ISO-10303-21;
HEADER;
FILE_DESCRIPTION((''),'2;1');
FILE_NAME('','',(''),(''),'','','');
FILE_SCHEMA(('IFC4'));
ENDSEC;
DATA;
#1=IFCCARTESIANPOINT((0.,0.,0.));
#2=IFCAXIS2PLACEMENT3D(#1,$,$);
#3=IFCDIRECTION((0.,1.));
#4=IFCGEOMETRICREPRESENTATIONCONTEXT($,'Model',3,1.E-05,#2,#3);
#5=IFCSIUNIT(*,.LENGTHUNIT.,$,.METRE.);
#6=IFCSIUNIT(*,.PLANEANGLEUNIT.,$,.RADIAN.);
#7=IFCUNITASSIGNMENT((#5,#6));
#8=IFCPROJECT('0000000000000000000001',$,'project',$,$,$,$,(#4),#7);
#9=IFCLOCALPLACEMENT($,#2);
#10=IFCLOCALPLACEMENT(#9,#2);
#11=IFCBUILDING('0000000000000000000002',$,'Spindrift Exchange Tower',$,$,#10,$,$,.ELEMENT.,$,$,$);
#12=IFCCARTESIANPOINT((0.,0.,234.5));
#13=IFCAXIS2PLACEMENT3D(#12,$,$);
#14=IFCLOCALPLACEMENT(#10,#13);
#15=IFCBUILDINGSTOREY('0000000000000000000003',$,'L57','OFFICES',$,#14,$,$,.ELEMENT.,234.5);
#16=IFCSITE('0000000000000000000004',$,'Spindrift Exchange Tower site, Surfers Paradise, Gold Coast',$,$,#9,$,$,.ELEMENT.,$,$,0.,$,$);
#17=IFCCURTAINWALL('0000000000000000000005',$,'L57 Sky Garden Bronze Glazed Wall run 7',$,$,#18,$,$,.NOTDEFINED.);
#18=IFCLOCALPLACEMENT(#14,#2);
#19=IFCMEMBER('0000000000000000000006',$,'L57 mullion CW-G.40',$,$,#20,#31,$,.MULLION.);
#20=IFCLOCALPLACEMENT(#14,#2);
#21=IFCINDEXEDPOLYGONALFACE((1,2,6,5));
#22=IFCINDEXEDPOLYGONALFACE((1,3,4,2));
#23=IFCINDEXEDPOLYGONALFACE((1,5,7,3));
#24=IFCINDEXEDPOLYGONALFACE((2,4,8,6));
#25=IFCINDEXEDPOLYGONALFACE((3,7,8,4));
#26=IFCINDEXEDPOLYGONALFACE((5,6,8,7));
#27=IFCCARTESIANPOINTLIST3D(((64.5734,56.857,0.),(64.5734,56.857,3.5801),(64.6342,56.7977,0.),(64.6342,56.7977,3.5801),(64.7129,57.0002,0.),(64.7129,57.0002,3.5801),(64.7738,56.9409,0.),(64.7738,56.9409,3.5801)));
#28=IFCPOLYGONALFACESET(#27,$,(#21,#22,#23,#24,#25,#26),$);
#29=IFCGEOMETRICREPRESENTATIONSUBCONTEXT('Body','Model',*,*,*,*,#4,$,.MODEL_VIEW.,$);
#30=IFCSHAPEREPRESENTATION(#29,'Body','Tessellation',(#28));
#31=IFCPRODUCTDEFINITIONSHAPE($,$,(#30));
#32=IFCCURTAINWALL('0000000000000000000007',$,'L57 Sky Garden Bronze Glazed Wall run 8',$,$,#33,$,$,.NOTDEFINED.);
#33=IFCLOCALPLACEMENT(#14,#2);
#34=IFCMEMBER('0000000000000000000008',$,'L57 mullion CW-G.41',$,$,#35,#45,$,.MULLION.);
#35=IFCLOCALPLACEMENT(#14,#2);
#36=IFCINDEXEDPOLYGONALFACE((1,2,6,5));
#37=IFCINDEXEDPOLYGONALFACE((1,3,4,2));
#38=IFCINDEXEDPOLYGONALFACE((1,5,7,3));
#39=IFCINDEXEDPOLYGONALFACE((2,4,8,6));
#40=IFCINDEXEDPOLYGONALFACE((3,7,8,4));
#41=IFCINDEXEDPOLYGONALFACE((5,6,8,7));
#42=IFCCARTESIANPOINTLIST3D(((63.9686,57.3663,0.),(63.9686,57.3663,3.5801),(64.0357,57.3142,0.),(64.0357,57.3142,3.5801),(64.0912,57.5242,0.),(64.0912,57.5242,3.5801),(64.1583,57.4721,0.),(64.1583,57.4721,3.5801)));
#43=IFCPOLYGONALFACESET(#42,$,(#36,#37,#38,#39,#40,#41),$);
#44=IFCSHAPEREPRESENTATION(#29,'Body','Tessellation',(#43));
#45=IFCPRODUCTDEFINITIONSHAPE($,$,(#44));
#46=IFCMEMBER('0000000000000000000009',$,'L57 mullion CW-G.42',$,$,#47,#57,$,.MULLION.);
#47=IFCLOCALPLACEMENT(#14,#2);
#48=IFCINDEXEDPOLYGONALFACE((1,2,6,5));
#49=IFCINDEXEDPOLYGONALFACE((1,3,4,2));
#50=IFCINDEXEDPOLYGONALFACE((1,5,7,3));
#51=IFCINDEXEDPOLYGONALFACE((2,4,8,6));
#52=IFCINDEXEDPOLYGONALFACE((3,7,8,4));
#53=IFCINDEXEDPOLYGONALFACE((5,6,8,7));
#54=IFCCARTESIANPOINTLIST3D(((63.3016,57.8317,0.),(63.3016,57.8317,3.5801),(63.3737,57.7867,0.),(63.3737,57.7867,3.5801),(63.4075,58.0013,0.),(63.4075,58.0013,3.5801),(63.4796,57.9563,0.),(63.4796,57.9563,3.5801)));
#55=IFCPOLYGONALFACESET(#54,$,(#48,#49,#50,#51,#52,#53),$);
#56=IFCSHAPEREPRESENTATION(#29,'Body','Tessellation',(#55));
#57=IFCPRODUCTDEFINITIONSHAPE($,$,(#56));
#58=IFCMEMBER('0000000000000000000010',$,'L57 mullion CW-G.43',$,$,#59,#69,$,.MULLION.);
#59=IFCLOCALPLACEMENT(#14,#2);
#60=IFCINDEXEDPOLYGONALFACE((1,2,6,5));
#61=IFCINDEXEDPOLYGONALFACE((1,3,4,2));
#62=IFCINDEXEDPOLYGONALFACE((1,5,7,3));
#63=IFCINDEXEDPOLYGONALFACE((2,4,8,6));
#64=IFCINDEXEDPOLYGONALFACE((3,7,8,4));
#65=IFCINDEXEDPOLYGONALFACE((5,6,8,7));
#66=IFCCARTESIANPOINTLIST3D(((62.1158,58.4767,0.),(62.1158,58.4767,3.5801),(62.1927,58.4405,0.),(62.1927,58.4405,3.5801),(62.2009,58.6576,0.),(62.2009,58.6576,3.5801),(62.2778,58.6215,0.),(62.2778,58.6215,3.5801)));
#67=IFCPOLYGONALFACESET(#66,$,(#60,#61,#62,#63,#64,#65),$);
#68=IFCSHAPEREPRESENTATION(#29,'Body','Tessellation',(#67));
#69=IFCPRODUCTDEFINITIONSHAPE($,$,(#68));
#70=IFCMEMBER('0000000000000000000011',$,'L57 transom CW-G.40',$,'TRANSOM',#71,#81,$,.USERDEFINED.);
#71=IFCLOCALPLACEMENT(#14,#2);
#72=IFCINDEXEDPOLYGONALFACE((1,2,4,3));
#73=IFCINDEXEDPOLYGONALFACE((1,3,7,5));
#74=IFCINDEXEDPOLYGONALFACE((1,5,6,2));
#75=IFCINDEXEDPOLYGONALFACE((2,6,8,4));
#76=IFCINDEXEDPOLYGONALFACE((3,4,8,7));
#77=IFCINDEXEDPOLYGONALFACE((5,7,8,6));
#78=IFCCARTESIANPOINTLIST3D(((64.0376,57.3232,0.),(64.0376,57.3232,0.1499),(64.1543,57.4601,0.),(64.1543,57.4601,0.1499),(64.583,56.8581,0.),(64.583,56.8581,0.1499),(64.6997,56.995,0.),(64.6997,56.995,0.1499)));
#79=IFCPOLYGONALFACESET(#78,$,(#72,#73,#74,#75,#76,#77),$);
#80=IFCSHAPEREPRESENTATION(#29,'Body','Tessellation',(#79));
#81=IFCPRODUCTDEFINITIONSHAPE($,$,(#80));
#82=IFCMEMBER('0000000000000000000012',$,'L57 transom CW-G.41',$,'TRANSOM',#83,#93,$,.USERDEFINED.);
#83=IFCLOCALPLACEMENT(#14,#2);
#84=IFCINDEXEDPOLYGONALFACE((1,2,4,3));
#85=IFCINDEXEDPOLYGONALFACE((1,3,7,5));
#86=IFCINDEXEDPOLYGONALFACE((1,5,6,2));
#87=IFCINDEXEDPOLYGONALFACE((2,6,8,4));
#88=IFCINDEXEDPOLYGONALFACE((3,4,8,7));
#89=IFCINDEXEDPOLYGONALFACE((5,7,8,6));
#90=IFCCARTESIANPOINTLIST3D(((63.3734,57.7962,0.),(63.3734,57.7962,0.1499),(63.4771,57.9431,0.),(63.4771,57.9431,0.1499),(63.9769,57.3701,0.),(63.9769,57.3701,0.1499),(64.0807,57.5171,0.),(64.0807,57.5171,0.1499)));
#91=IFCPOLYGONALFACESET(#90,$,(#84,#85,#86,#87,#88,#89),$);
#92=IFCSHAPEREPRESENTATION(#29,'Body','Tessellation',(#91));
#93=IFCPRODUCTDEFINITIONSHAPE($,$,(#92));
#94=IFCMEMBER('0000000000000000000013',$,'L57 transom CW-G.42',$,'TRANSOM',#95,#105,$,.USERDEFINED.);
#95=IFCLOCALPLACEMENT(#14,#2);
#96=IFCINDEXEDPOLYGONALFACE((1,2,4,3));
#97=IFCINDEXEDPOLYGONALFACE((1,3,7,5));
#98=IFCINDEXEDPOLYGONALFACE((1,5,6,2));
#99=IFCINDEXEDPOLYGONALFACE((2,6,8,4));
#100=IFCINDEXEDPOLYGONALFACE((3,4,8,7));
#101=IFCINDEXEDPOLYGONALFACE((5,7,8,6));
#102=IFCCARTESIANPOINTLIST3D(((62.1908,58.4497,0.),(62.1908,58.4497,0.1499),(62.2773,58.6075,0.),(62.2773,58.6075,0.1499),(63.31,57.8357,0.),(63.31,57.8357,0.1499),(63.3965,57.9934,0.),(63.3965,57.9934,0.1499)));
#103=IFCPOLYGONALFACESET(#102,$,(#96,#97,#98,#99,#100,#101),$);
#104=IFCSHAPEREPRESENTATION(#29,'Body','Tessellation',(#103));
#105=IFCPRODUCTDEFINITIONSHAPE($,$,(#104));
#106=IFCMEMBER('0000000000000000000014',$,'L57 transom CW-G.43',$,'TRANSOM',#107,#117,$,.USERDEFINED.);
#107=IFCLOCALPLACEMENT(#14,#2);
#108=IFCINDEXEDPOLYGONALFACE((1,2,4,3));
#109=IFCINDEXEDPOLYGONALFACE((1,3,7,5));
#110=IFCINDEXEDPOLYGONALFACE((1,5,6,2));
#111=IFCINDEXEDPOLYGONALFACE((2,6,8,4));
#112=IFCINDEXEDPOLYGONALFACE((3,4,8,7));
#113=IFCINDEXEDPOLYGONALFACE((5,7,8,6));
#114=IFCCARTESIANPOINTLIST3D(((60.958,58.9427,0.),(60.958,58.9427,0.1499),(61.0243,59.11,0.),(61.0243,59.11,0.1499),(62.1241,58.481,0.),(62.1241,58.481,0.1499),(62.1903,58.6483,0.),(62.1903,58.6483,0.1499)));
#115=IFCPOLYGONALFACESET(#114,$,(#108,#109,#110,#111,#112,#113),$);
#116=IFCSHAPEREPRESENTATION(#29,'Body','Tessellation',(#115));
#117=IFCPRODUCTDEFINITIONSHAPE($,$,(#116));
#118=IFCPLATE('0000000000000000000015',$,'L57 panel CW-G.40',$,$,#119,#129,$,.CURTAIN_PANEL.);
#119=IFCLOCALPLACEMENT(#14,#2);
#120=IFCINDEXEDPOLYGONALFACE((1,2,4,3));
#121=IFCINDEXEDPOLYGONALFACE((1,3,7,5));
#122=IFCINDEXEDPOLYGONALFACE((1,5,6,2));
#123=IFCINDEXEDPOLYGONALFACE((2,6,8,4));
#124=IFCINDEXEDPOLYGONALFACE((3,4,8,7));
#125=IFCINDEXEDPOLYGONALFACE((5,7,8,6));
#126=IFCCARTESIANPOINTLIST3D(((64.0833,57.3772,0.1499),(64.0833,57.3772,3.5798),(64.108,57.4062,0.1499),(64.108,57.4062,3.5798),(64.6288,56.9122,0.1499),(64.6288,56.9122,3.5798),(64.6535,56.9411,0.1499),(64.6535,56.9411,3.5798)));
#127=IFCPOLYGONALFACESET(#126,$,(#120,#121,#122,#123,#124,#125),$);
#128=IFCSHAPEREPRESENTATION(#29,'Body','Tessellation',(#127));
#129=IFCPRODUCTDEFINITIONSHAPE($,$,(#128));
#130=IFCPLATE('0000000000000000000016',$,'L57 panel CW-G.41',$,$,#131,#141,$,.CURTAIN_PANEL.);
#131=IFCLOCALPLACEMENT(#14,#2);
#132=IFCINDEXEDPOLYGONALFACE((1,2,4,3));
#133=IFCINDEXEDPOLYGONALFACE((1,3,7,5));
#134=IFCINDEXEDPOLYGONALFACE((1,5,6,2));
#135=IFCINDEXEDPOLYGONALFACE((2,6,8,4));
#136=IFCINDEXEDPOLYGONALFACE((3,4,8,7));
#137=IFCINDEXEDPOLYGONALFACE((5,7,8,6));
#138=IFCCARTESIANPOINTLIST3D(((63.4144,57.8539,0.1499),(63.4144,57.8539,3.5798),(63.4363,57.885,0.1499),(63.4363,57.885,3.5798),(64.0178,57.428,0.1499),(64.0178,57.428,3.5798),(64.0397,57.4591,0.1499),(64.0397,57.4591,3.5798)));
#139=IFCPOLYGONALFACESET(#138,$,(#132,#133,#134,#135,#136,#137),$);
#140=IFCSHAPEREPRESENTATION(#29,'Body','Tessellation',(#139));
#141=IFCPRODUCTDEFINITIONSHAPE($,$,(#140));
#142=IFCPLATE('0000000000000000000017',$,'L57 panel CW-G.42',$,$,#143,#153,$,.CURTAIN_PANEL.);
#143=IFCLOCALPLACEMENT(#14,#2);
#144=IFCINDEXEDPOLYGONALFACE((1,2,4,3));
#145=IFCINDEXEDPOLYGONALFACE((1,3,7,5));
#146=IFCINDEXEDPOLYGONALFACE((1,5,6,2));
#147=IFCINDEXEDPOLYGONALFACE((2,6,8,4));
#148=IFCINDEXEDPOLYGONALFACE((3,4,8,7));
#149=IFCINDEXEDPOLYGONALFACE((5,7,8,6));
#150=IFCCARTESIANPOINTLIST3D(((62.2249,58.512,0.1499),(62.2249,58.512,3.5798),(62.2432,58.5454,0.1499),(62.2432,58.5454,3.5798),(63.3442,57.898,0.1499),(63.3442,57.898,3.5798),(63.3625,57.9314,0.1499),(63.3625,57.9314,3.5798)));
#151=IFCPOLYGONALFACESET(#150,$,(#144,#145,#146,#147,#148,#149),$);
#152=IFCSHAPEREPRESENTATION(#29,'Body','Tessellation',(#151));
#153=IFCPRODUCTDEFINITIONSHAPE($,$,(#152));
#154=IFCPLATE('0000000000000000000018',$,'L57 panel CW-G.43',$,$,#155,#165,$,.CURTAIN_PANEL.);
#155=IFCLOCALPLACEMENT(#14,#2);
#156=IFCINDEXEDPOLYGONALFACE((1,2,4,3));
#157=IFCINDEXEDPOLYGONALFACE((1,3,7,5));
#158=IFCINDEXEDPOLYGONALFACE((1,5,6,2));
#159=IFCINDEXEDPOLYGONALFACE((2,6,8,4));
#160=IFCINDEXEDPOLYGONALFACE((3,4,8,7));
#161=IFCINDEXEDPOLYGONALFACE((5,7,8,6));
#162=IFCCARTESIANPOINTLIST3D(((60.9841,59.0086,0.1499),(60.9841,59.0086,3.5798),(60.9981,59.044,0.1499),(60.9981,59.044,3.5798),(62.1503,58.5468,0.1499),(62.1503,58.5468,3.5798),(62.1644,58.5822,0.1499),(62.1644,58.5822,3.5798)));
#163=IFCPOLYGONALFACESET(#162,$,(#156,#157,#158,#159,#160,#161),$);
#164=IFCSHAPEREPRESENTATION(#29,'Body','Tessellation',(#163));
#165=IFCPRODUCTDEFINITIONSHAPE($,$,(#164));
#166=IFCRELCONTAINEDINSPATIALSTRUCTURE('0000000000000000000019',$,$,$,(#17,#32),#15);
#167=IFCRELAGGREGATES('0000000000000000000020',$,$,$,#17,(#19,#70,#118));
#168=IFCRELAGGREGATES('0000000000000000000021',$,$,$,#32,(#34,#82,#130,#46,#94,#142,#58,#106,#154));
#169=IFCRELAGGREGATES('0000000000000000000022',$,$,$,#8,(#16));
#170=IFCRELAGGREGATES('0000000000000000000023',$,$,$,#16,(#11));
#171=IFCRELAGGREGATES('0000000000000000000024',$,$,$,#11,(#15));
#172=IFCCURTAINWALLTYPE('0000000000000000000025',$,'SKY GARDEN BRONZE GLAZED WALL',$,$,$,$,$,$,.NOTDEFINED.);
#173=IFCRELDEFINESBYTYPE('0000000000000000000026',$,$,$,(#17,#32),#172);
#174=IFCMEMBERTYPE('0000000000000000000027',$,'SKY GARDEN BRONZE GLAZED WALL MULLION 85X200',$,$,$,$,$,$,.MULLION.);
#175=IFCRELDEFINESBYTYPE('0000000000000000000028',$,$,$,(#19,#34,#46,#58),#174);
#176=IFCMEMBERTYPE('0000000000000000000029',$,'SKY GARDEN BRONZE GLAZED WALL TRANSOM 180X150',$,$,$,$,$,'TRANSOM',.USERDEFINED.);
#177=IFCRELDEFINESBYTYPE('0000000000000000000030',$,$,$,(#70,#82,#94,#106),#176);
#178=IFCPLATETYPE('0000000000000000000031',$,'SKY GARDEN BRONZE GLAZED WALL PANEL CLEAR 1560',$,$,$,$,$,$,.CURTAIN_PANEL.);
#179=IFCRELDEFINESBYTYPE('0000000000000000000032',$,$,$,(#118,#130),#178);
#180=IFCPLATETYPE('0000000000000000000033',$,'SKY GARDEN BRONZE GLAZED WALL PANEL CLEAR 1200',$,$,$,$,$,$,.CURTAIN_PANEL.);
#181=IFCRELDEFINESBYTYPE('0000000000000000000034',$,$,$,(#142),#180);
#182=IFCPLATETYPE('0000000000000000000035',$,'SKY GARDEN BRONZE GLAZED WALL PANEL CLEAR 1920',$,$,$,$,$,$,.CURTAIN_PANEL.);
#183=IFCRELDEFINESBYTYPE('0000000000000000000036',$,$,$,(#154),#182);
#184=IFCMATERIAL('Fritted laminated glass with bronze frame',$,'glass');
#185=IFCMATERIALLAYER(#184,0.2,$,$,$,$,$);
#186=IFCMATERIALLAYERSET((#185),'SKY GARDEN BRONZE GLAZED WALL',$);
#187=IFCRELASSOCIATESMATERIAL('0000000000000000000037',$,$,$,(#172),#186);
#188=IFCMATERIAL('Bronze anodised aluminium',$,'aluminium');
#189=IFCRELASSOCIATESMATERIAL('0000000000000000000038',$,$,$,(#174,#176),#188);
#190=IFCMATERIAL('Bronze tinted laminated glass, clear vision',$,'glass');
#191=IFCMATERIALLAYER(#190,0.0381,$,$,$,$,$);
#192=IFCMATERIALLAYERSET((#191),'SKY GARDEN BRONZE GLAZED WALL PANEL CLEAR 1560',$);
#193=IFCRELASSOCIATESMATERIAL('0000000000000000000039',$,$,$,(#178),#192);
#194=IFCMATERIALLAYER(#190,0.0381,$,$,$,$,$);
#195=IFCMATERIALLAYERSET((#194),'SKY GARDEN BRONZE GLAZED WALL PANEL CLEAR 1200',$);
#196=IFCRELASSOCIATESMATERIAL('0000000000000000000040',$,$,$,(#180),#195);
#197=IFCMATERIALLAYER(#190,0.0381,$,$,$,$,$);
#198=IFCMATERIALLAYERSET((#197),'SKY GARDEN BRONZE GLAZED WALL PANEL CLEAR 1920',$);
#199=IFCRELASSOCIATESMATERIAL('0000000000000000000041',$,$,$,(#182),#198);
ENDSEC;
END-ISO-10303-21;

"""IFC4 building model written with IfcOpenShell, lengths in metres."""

from ifc_helpers import new_model, si_unit, direction, frame, origin, origin_2d, place, context, subcontext, project, spatial, rectangle, extrude, source, transform, mapped, material, layer, layer_set, material_profile, profile_set, type_object, element, aggregate, save


model = new_model("IFC4")

# Units and contexts
model_context = context("Model", 3, precision=1e-05, world=origin(), true_north=direction((0.0, 1.0)))
body_context = subcontext(model_context, "Body", "Model", "MODEL_VIEW")
ifc_project = project(units=[si_unit("LENGTHUNIT", "METRE"), si_unit("PLANEANGLEUNIT", "RADIAN")], contexts=[model_context])

# Site, building, storey
site_placement = place(None, origin())
site = spatial("IfcSite", under=ifc_project, at=site_placement, Name="Spindrift Exchange Tower site, Surfers Paradise, Gold Coast", CompositionType="ELEMENT", RefElevation=0.0)
building_placement = place(site_placement, origin())
building = spatial("IfcBuilding", under=site, at=building_placement, Name="Spindrift Exchange Tower", CompositionType="ELEMENT")
storey_placement = place(building_placement, frame((0.0, 0.0, 234.5)))
storey = spatial("IfcBuildingStorey", under=building, at=storey_placement, Name="L57", Description="OFFICES", CompositionType="ELEMENT", Elevation=234.5)

# Curtain wall, member
ifc_material_1 = material(Name="Fritted laminated glass with bronze frame", Category="glass")
ifc_layer_1 = layer(ifc_material_1, 0.2)
ifc_layer_set_1 = layer_set([ifc_layer_1], Name="SKY GARDEN BRONZE GLAZED WALL")
curtain_wall_type = type_object("IfcCurtainWallType", Name="SKY GARDEN BRONZE GLAZED WALL", PredefinedType="NOTDEFINED", material=ifc_layer_set_1)
curtain_wall_1_placement = place(storey_placement, origin())
curtain_wall_1 = element("IfcCurtainWall", 1, at=curtain_wall_1_placement, inside=storey, type_object=curtain_wall_type, Name="L57 Sky Garden Bronze Glazed Wall run 7", PredefinedType="NOTDEFINED")
ifc_material_2 = material(Name="Bronze anodised aluminium", Category="aluminium")
ifc_material_profile_1 = material_profile(ifc_material_2, rectangle(XDim=0.085, YDim=0.2, at=origin_2d()), Name="SKY GARDEN BRONZE GLAZED WALL MULLION 85X200")
ifc_profile_set_1 = profile_set([ifc_material_profile_1], Name="Bronze anodised aluminium")
member_type_1 = type_object("IfcMemberType", Name="SKY GARDEN BRONZE GLAZED WALL MULLION 85X200", PredefinedType="MULLION", material=ifc_profile_set_1)
shared_shape_1 = source(origin(), body_context, "Body", "SweptSolid", [
    extrude(rectangle(XDim=0.085, YDim=0.2, at=origin_2d()), origin(), (0.0, 0.0, 1.0), 3.5801),
])
member_1_placement = place(storey_placement, frame((64.6736, 56.8989, 0.0), z_axis=(0.0, 0.0, 1.0), x_axis=(-0.716225, 0.69787, 0.0)))
member_1 = element("IfcMember", 2, at=member_1_placement, type_object=member_type_1, Name="L57 mullion CW-G.40", PredefinedType="MULLION", context=body_context, shape_type="MappedRepresentation", body=[
    mapped(shared_shape_1, transform((0.0, 0.0, 0.0), scale=1.0)),
])

# Curtain wall, members
curtain_wall_2_placement = place(storey_placement, origin())
curtain_wall_2 = element("IfcCurtainWall", 3, at=curtain_wall_2_placement, inside=storey, type_object=curtain_wall_type, Name="L57 Sky Garden Bronze Glazed Wall run 8", PredefinedType="NOTDEFINED")
member_2_placement = place(storey_placement, frame((64.0635, 57.4192, 0.0), z_axis=(0.0, 0.0, 1.0), x_axis=(-0.789807, 0.613356, 0.0)))
member_2 = element("IfcMember", 4, at=member_2_placement, type_object=member_type_1, Name="L57 mullion CW-G.41", PredefinedType="MULLION", context=body_context, shape_type="MappedRepresentation", body=[
    mapped(shared_shape_1, transform((0.0, 0.0, 0.0), scale=1.0)),
])
member_3_placement = place(storey_placement, frame((63.3906, 57.894, 0.0), z_axis=(0.0, 0.0, 1.0), x_axis=(-0.848228, 0.529631, 0.0)))
member_3 = element("IfcMember", 5, at=member_3_placement, type_object=member_type_1, Name="L57 mullion CW-G.42", PredefinedType="MULLION", context=body_context, shape_type="MappedRepresentation", body=[
    mapped(shared_shape_1, transform((0.0, 0.0, 0.0), scale=1.0)),
])
member_4_placement = place(storey_placement, frame((62.1968, 58.5491, 0.0), z_axis=(0.0, 0.0, 1.0), x_axis=(-0.905005, 0.425401, 0.0)))
member_4 = element("IfcMember", 6, at=member_4_placement, type_object=member_type_1, Name="L57 mullion CW-G.43", PredefinedType="MULLION", context=body_context, shape_type="MappedRepresentation", body=[
    mapped(shared_shape_1, transform((0.0, 0.0, 0.0), scale=1.0)),
])

# Members
ifc_material_profile_2 = material_profile(ifc_material_2, rectangle(XDim=0.1799, YDim=0.1499, at=origin_2d()), Name="SKY GARDEN BRONZE GLAZED WALL TRANSOM 180X150")
ifc_profile_set_2 = profile_set([ifc_material_profile_2], Name="Bronze anodised aluminium")
member_type_2 = type_object("IfcMemberType", Name="SKY GARDEN BRONZE GLAZED WALL TRANSOM 180X150", ElementType="TRANSOM", PredefinedType="USERDEFINED", material=ifc_profile_set_2)
shared_shape_2 = source(origin(), body_context, "Body", "SweptSolid", [
    extrude(rectangle(XDim=0.1799, YDim=0.1499, at=origin_2d()), origin(), (0.0, 0.0, 1.0), 0.7168),
])
member_5_placement = place(storey_placement, frame((64.6414, 56.9265, 0.075), z_axis=(-0.760913, 0.648854, 0.0), x_axis=(-0.648854, -0.760913, 0.0)))
member_5 = element("IfcMember", 7, at=member_5_placement, type_object=member_type_2, Name="L57 transom CW-G.40", ObjectType="TRANSOM", PredefinedType="USERDEFINED", context=body_context, shape_type="MappedRepresentation", body=[
    mapped(shared_shape_2, transform((0.0, 0.0, 0.0), scale=1.0)),
])
shared_shape_3 = source(origin(), body_context, "Body", "SweptSolid", [
    extrude(rectangle(XDim=0.1799, YDim=0.1499, at=origin_2d()), origin(), (0.0, 0.0, 1.0), 0.7388),
])
member_6_placement = place(storey_placement, frame((64.0288, 57.4436, 0.075), z_axis=(-0.816959, 0.576696, 0.0), x_axis=(-0.576696, -0.816959, 0.0)))
member_6 = element("IfcMember", 8, at=member_6_placement, type_object=member_type_2, Name="L57 transom CW-G.41", ObjectType="TRANSOM", PredefinedType="USERDEFINED", context=body_context, shape_type="MappedRepresentation", body=[
    mapped(shared_shape_3, transform((0.0, 0.0, 0.0), scale=1.0)),
])
shared_shape_4 = source(origin(), body_context, "Body", "SweptSolid", [
    extrude(rectangle(XDim=0.1799, YDim=0.1499, at=origin_2d()), origin(), (0.0, 0.0, 1.0), 1.2766),
])
member_7_placement = place(storey_placement, frame((63.3533, 57.9146, 0.075), z_axis=(-0.876716, 0.481008, 0.0), x_axis=(-0.481008, -0.876716, 0.0)))
member_7 = element("IfcMember", 9, at=member_7_placement, type_object=member_type_2, Name="L57 transom CW-G.42", ObjectType="TRANSOM", PredefinedType="USERDEFINED", context=body_context, shape_type="MappedRepresentation", body=[
    mapped(shared_shape_4, transform((0.0, 0.0, 0.0), scale=1.0)),
])
shared_shape_5 = source(origin(), body_context, "Body", "SweptSolid", [
    extrude(rectangle(XDim=0.1799, YDim=0.1499, at=origin_2d()), origin(), (0.0, 0.0, 1.0), 1.2542),
])
member_8_placement = place(storey_placement, frame((62.1572, 58.5647, 0.075), z_axis=(-0.929773, 0.368133, 0.0), x_axis=(-0.368133, -0.929773, 0.0)))
member_8 = element("IfcMember", 10, at=member_8_placement, type_object=member_type_2, Name="L57 transom CW-G.43", ObjectType="TRANSOM", PredefinedType="USERDEFINED", context=body_context, shape_type="MappedRepresentation", body=[
    mapped(shared_shape_5, transform((0.0, 0.0, 0.0), scale=1.0)),
])

# Plates
ifc_material_3 = material(Name="Bronze tinted laminated glass, clear vision", Category="glass")
ifc_layer_2 = layer(ifc_material_3, 0.0381)
ifc_layer_set_2 = layer_set([ifc_layer_2], Name="SKY GARDEN BRONZE GLAZED WALL PANEL CLEAR 1560")
plate_type_1 = type_object("IfcPlateType", Name="SKY GARDEN BRONZE GLAZED WALL PANEL CLEAR 1560", PredefinedType="CURTAIN_PANEL", material=ifc_layer_set_2)
shared_shape_6 = source(origin(), body_context, "Body", "SweptSolid", [
    extrude(rectangle(XDim=0.7168, YDim=0.0381, at=origin_2d()), origin(), (0.0, 0.0, 1.0), 3.4299),
])
plate_1_placement = place(storey_placement, frame((64.3684, 57.1592, 0.1499), z_axis=(0.0, 0.0, 1.0), x_axis=(-0.760944, 0.648817, 0.0)))
plate_1 = element("IfcPlate", 11, at=plate_1_placement, type_object=plate_type_1, Name="L57 panel CW-G.40", PredefinedType="CURTAIN_PANEL", context=body_context, shape_type="MappedRepresentation", body=[
    mapped(shared_shape_6, transform((0.0, 0.0, 0.0), scale=1.0)),
])
aggregate(curtain_wall_1, [member_1, member_5, plate_1])
shared_shape_7 = source(origin(), body_context, "Body", "SweptSolid", [
    extrude(rectangle(XDim=0.7385, YDim=0.0381, at=origin_2d()), origin(), (0.0, 0.0, 1.0), 3.4299),
])
plate_2_placement = place(storey_placement, frame((63.7271, 57.6565, 0.1499), z_axis=(0.0, 0.0, 1.0), x_axis=(-0.817018, 0.576612, 0.0)))
plate_2 = element("IfcPlate", 12, at=plate_2_placement, type_object=plate_type_1, Name="L57 panel CW-G.41", PredefinedType="CURTAIN_PANEL", context=body_context, shape_type="MappedRepresentation", body=[
    mapped(shared_shape_7, transform((0.0, 0.0, 0.0), scale=1.0)),
])
ifc_layer_3 = layer(ifc_material_3, 0.0381)
ifc_layer_set_3 = layer_set([ifc_layer_3], Name="SKY GARDEN BRONZE GLAZED WALL PANEL CLEAR 1200")
plate_type_2 = type_object("IfcPlateType", Name="SKY GARDEN BRONZE GLAZED WALL PANEL CLEAR 1200", PredefinedType="CURTAIN_PANEL", material=ifc_layer_set_3)
shared_shape_8 = source(origin(), body_context, "Body", "SweptSolid", [
    extrude(rectangle(XDim=1.2766, YDim=0.0381, at=origin_2d()), origin(), (0.0, 0.0, 1.0), 3.4299),
])
plate_3_placement = place(storey_placement, frame((62.7937, 58.2217, 0.1499), z_axis=(0.0, 0.0, 1.0), x_axis=(-0.876739, 0.480966, 0.0)))
plate_3 = element("IfcPlate", 13, at=plate_3_placement, type_object=plate_type_2, Name="L57 panel CW-G.42", PredefinedType="CURTAIN_PANEL", context=body_context, shape_type="MappedRepresentation", body=[
    mapped(shared_shape_8, transform((0.0, 0.0, 0.0), scale=1.0)),
])
ifc_layer_4 = layer(ifc_material_3, 0.0381)
ifc_layer_set_4 = layer_set([ifc_layer_4], Name="SKY GARDEN BRONZE GLAZED WALL PANEL CLEAR 1920")
plate_type_3 = type_object("IfcPlateType", Name="SKY GARDEN BRONZE GLAZED WALL PANEL CLEAR 1920", PredefinedType="CURTAIN_PANEL", material=ifc_layer_set_4)
shared_shape_9 = source(origin(), body_context, "Body", "SweptSolid", [
    extrude(rectangle(XDim=1.2544, YDim=0.0381, at=origin_2d()), origin(), (0.0, 0.0, 1.0), 3.4299),
])
plate_4_placement = place(storey_placement, frame((61.5742, 58.7954, 0.1499), z_axis=(0.0, 0.0, 1.0), x_axis=(-0.929753, 0.368183, 0.0)))
plate_4 = element("IfcPlate", 14, at=plate_4_placement, type_object=plate_type_3, Name="L57 panel CW-G.43", PredefinedType="CURTAIN_PANEL", context=body_context, shape_type="MappedRepresentation", body=[
    mapped(shared_shape_9, transform((0.0, 0.0, 0.0), scale=1.0)),
])
aggregate(curtain_wall_2, [member_2, member_6, plate_2, member_3, member_7, plate_3, member_4, member_8, plate_4])

save(model, "model.ifc")
